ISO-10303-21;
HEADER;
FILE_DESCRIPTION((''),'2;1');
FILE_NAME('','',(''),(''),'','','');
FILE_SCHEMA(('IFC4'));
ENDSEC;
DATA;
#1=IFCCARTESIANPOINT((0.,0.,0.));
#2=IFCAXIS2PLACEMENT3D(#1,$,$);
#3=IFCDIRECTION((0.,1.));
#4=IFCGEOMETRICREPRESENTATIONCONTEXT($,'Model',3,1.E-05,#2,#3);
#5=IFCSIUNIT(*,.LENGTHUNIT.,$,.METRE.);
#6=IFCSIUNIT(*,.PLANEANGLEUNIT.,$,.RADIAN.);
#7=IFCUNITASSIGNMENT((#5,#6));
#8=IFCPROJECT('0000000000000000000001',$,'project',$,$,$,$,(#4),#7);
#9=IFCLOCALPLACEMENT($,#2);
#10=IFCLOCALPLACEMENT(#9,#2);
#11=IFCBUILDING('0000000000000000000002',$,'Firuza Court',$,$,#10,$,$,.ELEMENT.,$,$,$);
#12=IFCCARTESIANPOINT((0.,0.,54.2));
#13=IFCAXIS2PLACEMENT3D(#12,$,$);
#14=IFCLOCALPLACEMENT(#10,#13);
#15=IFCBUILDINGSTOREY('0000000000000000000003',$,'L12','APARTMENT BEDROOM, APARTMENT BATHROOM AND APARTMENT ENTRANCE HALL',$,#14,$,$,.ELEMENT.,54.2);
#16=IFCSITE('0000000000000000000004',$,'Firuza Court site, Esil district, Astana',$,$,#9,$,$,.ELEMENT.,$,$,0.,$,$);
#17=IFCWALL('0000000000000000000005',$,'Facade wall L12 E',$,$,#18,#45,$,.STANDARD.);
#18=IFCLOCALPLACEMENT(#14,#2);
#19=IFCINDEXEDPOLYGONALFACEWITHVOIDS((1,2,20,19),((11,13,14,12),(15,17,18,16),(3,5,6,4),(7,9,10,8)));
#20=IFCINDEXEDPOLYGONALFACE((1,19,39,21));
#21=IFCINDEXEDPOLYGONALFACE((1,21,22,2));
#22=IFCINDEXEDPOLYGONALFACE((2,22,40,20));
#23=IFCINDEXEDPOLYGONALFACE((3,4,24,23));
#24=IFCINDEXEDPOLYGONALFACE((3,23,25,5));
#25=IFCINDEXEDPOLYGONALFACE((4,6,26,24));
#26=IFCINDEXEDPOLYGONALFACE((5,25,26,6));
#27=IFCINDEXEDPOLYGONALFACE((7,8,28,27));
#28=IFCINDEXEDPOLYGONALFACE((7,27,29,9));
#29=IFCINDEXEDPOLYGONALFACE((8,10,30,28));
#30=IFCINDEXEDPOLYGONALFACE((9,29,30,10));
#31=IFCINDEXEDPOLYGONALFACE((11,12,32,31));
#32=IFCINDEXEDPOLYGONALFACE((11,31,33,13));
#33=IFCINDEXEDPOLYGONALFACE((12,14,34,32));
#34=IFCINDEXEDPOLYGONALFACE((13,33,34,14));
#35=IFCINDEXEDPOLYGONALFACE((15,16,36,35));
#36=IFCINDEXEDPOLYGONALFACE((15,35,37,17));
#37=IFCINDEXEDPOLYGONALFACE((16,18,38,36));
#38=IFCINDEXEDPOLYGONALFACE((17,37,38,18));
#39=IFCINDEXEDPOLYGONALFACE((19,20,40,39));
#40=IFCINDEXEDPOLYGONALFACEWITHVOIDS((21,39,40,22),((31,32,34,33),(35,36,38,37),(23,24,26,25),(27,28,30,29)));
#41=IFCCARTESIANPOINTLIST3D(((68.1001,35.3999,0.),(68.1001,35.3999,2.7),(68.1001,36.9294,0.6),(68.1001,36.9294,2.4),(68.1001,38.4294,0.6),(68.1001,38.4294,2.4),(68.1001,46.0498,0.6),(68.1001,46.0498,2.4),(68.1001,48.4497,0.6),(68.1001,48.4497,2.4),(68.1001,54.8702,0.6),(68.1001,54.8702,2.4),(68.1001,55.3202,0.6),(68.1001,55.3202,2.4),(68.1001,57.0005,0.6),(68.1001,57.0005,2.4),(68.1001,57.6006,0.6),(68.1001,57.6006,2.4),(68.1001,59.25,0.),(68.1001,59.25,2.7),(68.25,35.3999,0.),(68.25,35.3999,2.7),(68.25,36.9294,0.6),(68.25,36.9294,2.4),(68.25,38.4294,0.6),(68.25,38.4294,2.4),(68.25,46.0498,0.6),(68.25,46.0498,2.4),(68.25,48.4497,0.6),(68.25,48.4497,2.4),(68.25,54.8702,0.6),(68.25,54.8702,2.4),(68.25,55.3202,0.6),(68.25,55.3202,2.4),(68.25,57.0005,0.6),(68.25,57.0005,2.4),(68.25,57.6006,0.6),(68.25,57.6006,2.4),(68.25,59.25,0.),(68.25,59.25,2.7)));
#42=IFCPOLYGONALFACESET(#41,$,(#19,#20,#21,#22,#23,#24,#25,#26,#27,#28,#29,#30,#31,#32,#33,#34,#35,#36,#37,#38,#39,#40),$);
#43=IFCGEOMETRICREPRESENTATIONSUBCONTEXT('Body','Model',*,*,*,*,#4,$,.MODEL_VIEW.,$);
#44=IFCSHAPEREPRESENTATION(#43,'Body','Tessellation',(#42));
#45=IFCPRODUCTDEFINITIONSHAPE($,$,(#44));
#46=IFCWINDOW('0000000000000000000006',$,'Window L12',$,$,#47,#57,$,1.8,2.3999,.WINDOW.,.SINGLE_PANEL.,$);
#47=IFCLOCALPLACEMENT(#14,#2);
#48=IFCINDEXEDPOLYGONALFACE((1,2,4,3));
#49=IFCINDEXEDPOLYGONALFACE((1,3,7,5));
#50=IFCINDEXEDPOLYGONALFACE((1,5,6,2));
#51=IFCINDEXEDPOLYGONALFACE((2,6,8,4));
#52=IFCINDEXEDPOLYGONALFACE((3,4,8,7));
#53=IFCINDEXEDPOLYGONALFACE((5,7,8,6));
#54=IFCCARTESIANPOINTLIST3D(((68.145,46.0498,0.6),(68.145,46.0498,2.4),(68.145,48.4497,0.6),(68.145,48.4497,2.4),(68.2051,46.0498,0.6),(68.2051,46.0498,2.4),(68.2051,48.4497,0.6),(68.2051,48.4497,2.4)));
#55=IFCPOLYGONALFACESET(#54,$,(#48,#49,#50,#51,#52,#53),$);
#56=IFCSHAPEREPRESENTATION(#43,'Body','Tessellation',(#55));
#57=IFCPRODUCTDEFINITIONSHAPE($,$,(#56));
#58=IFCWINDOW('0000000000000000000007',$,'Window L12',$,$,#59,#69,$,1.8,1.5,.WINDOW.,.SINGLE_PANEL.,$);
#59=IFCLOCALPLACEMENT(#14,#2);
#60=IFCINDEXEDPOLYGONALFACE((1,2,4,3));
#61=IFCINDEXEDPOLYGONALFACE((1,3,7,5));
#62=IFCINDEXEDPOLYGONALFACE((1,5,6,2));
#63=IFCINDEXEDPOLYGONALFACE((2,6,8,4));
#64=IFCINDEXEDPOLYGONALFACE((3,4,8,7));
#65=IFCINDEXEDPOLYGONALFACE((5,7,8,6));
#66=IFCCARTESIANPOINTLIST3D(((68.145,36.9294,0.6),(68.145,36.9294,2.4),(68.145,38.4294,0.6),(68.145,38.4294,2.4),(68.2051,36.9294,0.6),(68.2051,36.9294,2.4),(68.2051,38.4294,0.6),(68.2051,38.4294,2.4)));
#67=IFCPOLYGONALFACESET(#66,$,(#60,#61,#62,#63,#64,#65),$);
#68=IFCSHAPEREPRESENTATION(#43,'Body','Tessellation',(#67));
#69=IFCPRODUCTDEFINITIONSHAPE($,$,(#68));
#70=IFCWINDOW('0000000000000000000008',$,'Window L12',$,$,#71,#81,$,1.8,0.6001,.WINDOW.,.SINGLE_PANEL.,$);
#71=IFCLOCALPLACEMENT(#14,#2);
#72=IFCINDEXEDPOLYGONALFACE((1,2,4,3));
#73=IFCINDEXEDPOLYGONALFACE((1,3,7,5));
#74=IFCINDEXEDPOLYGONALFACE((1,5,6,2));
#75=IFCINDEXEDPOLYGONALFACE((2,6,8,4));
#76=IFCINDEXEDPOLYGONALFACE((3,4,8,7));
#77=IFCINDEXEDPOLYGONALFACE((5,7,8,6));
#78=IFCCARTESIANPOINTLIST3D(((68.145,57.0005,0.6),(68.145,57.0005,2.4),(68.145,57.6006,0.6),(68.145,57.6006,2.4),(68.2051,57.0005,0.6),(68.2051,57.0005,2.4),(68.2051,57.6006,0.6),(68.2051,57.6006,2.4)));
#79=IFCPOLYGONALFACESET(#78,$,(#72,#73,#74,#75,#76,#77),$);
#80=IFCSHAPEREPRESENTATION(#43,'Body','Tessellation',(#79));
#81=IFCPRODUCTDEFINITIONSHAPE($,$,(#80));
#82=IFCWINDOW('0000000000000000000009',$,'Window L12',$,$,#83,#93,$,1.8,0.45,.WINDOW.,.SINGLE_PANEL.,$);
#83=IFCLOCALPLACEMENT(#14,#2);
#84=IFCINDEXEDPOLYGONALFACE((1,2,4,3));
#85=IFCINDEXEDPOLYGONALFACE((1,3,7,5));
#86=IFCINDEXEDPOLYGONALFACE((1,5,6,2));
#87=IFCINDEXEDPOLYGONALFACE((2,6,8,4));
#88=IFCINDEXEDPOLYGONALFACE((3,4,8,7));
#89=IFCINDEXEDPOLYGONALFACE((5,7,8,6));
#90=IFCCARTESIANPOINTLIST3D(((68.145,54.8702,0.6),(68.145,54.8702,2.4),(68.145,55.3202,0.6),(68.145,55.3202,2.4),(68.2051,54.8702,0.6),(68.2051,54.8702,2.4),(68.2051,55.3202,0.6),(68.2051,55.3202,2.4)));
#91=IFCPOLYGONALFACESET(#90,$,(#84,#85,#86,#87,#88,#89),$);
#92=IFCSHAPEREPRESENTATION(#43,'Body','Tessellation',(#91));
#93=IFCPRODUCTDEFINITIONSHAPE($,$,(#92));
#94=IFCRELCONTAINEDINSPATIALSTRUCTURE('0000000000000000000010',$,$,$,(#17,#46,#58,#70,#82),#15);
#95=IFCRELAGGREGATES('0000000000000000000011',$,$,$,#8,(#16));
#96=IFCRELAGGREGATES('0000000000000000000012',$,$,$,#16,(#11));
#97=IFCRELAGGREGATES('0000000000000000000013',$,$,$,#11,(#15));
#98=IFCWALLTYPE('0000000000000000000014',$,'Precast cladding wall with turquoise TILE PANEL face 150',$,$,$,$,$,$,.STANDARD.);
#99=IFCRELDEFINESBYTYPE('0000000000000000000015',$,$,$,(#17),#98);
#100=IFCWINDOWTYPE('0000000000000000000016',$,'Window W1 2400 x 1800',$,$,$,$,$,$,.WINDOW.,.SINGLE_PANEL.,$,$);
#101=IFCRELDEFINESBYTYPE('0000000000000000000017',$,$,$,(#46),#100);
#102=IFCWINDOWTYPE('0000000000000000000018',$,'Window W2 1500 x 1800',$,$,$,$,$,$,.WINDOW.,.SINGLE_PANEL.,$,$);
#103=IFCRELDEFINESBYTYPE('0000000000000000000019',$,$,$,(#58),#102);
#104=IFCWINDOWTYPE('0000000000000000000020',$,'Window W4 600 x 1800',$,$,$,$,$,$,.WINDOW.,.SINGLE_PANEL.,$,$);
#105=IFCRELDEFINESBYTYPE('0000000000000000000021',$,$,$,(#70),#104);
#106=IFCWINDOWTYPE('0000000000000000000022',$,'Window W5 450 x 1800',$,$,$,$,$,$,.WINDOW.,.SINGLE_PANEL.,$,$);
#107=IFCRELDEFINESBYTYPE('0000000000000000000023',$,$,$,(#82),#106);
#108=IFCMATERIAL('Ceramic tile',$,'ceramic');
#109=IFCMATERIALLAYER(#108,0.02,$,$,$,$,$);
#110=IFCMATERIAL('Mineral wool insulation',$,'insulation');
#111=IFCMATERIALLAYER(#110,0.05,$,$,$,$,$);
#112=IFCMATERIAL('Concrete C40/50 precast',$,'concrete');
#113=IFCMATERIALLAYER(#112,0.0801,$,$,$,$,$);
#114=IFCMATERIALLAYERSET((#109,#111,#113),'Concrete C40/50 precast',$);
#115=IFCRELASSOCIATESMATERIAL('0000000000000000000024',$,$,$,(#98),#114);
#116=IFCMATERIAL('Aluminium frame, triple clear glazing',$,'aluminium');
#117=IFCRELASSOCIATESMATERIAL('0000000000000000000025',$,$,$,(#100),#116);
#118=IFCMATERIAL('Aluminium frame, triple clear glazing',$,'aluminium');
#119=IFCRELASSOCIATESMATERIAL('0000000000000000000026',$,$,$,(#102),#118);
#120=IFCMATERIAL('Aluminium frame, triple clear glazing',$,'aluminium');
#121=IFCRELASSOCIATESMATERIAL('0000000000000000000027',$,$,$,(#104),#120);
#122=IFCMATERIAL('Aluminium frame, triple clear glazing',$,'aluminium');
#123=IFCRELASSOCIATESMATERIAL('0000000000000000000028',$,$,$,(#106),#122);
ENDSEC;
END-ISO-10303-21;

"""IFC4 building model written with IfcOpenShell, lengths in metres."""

from ifc_helpers import new_model, si_unit, direction, frame, frame_2d, origin, place, context, subcontext, project, spatial, rectangle, extrude, material, layer, layer_set, type_object, element, fill, save


model = new_model("IFC4")

# Units and contexts
model_context = context("Model", 3, precision=1e-05, world=origin(), true_north=direction((0.0, 1.0)))
body_context = subcontext(model_context, "Body", "Model", "MODEL_VIEW")
ifc_project = project(units=[si_unit("LENGTHUNIT", "METRE"), si_unit("PLANEANGLEUNIT", "RADIAN")], contexts=[model_context])

# Site, building, storey
site_placement = place(None, origin())
site = spatial("IfcSite", under=ifc_project, at=site_placement, Name="Firuza Court site, Esil district, Astana", CompositionType="ELEMENT", RefElevation=0.0)
building_placement = place(site_placement, origin())
building = spatial("IfcBuilding", under=site, at=building_placement, Name="Firuza Court", CompositionType="ELEMENT")
storey_placement = place(building_placement, frame((0.0, 0.0, 54.2)))
storey = spatial("IfcBuildingStorey", under=building, at=storey_placement, Name="L12", Description="APARTMENT BEDROOM, APARTMENT BATHROOM AND APARTMENT ENTRANCE HALL", CompositionType="ELEMENT", Elevation=54.2)

# Wall, openings, windows
ifc_material_1 = material(Name="Ceramic tile", Category="ceramic")
ifc_layer_1 = layer(ifc_material_1, 0.02)
ifc_material_2 = material(Name="Mineral wool insulation", Category="insulation")
ifc_layer_2 = layer(ifc_material_2, 0.05)
ifc_material_3 = material(Name="Concrete C40/50 precast", Category="concrete")
ifc_layer_3 = layer(ifc_material_3, 0.0801)
ifc_layer_set_1 = layer_set([ifc_layer_1, ifc_layer_2, ifc_layer_3], Name="Concrete C40/50 precast")
wall_type_1 = type_object("IfcWallType", Name="Precast cladding wall with turquoise TILE PANEL face 150", PredefinedType="STANDARD", material=ifc_layer_set_1)
wall_1_placement = place(storey_placement, frame((68.175, 35.3999, 0.0), z_axis=(0.0, 0.0, 1.0), x_axis=(0.0, 1.0, 0.0)))
wall_1 = element("IfcWall", 1, at=wall_1_placement, inside=storey, type_object=wall_type_1, Name="Facade wall L12 E", PredefinedType="STANDARD", context=body_context, shape_type="SweptSolid", body=[
    extrude(rectangle(XDim=23.8501, YDim=0.1499, at=frame_2d((11.925, 0.0))), origin(), (0.0, 0.0, 1.0), 2.7),
])
opening_1_placement = place(wall_1_placement, frame((1.5295, 0.0, 0.6001)))
opening_1 = element("IfcOpeningElement", 2, at=opening_1_placement, cuts=wall_1, PredefinedType="OPENING", context=body_context, shape_type="SweptSolid", body=[
    extrude(rectangle(XDim=1.5, YDim=1.8, at=frame_2d((0.75, 0.8999))), frame((0.0, 0.0869, 0.0), z_axis=(0.0, -1.0, 0.0), x_axis=(1.0, 0.0, 0.0)), (0.0, 0.0, 1.0), 0.1738),
])
opening_2_placement = place(wall_1_placement, frame((10.6499, 0.0, 0.6001)))
opening_2 = element("IfcOpeningElement", 3, at=opening_2_placement, cuts=wall_1, PredefinedType="OPENING", context=body_context, shape_type="SweptSolid", body=[
    extrude(rectangle(XDim=2.3999, YDim=1.8, at=frame_2d((1.2, 0.8999))), frame((0.0, 0.0869, 0.0), z_axis=(0.0, -1.0, 0.0), x_axis=(1.0, 0.0, 0.0)), (0.0, 0.0, 1.0), 0.1738),
])
opening_3_placement = place(wall_1_placement, frame((19.4702, 0.0, 0.6001)))
opening_3 = element("IfcOpeningElement", 4, at=opening_3_placement, cuts=wall_1, PredefinedType="OPENING", context=body_context, shape_type="SweptSolid", body=[
    extrude(rectangle(XDim=0.45, YDim=1.8, at=frame_2d((0.2251, 0.8999))), frame((0.0, 0.0869, 0.0), z_axis=(0.0, -1.0, 0.0), x_axis=(1.0, 0.0, 0.0)), (0.0, 0.0, 1.0), 0.1738),
])
opening_4_placement = place(wall_1_placement, frame((21.6006, 0.0, 0.6001)))
opening_4 = element("IfcOpeningElement", 5, at=opening_4_placement, cuts=wall_1, PredefinedType="OPENING", context=body_context, shape_type="SweptSolid", body=[
    extrude(rectangle(XDim=0.6001, YDim=1.8, at=frame_2d((0.3, 0.8999))), frame((0.0, 0.0869, 0.0), z_axis=(0.0, -1.0, 0.0), x_axis=(1.0, 0.0, 0.0)), (0.0, 0.0, 1.0), 0.1738),
])
ifc_material_4 = material(Name="Aluminium frame, triple clear glazing", Category="aluminium")
window_type_1 = type_object("IfcWindowType", Name="Window W1 2400 x 1800", PartitioningType="SINGLE_PANEL", PredefinedType="WINDOW", material=ifc_material_4)
window_1_placement = place(opening_2_placement, origin())
window_1 = element("IfcWindow", 6, at=window_1_placement, inside=storey, type_object=window_type_1, Name="Window L12", OverallHeight=1.8, OverallWidth=2.3999, PartitioningType="SINGLE_PANEL", PredefinedType="WINDOW", context=body_context, shape_type="SweptSolid", body=[
    extrude(rectangle(XDim=2.3999, YDim=1.8, at=frame_2d((1.2, 0.8999))), frame((0.0, 0.03, 0.0), z_axis=(0.0, -1.0, 0.0), x_axis=(1.0, 0.0, 0.0)), (0.0, 0.0, 1.0), 0.0601),
])
fill(opening_2, window_1)
ifc_material_5 = material(Name="Aluminium frame, triple clear glazing", Category="aluminium")
window_type_2 = type_object("IfcWindowType", Name="Window W2 1500 x 1800", PartitioningType="SINGLE_PANEL", PredefinedType="WINDOW", material=ifc_material_5)
window_2_placement = place(opening_1_placement, origin())
window_2 = element("IfcWindow", 7, at=window_2_placement, inside=storey, type_object=window_type_2, Name="Window L12", OverallHeight=1.8, OverallWidth=1.5, PartitioningType="SINGLE_PANEL", PredefinedType="WINDOW", context=body_context, shape_type="SweptSolid", body=[
    extrude(rectangle(XDim=1.5, YDim=1.8, at=frame_2d((0.75, 0.8999))), frame((0.0, 0.03, 0.0), z_axis=(0.0, -1.0, 0.0), x_axis=(1.0, 0.0, 0.0)), (0.0, 0.0, 1.0), 0.0601),
])
fill(opening_1, window_2)
ifc_material_6 = material(Name="Aluminium frame, triple clear glazing", Category="aluminium")
window_type_3 = type_object("IfcWindowType", Name="Window W4 600 x 1800", PartitioningType="SINGLE_PANEL", PredefinedType="WINDOW", material=ifc_material_6)
window_3_placement = place(opening_4_placement, origin())
window_3 = element("IfcWindow", 8, at=window_3_placement, inside=storey, type_object=window_type_3, Name="Window L12", OverallHeight=1.8, OverallWidth=0.6001, PartitioningType="SINGLE_PANEL", PredefinedType="WINDOW", context=body_context, shape_type="SweptSolid", body=[
    extrude(rectangle(XDim=0.6001, YDim=1.8, at=frame_2d((0.3, 0.8999))), frame((0.0, 0.03, 0.0), z_axis=(0.0, -1.0, 0.0), x_axis=(1.0, 0.0, 0.0)), (0.0, 0.0, 1.0), 0.0601),
])
fill(opening_4, window_3)
ifc_material_7 = material(Name="Aluminium frame, triple clear glazing", Category="aluminium")
window_type_4 = type_object("IfcWindowType", Name="Window W5 450 x 1800", PartitioningType="SINGLE_PANEL", PredefinedType="WINDOW", material=ifc_material_7)
window_4_placement = place(opening_3_placement, origin())
window_4 = element("IfcWindow", 9, at=window_4_placement, inside=storey, type_object=window_type_4, Name="Window L12", OverallHeight=1.8, OverallWidth=0.45, PartitioningType="SINGLE_PANEL", PredefinedType="WINDOW", context=body_context, shape_type="SweptSolid", body=[
    extrude(rectangle(XDim=0.45, YDim=1.8, at=frame_2d((0.2251, 0.8999))), frame((0.0, 0.03, 0.0), z_axis=(0.0, -1.0, 0.0), x_axis=(1.0, 0.0, 0.0)), (0.0, 0.0, 1.0), 0.0601),
])
fill(opening_3, window_4)

save(model, "model.ifc")
